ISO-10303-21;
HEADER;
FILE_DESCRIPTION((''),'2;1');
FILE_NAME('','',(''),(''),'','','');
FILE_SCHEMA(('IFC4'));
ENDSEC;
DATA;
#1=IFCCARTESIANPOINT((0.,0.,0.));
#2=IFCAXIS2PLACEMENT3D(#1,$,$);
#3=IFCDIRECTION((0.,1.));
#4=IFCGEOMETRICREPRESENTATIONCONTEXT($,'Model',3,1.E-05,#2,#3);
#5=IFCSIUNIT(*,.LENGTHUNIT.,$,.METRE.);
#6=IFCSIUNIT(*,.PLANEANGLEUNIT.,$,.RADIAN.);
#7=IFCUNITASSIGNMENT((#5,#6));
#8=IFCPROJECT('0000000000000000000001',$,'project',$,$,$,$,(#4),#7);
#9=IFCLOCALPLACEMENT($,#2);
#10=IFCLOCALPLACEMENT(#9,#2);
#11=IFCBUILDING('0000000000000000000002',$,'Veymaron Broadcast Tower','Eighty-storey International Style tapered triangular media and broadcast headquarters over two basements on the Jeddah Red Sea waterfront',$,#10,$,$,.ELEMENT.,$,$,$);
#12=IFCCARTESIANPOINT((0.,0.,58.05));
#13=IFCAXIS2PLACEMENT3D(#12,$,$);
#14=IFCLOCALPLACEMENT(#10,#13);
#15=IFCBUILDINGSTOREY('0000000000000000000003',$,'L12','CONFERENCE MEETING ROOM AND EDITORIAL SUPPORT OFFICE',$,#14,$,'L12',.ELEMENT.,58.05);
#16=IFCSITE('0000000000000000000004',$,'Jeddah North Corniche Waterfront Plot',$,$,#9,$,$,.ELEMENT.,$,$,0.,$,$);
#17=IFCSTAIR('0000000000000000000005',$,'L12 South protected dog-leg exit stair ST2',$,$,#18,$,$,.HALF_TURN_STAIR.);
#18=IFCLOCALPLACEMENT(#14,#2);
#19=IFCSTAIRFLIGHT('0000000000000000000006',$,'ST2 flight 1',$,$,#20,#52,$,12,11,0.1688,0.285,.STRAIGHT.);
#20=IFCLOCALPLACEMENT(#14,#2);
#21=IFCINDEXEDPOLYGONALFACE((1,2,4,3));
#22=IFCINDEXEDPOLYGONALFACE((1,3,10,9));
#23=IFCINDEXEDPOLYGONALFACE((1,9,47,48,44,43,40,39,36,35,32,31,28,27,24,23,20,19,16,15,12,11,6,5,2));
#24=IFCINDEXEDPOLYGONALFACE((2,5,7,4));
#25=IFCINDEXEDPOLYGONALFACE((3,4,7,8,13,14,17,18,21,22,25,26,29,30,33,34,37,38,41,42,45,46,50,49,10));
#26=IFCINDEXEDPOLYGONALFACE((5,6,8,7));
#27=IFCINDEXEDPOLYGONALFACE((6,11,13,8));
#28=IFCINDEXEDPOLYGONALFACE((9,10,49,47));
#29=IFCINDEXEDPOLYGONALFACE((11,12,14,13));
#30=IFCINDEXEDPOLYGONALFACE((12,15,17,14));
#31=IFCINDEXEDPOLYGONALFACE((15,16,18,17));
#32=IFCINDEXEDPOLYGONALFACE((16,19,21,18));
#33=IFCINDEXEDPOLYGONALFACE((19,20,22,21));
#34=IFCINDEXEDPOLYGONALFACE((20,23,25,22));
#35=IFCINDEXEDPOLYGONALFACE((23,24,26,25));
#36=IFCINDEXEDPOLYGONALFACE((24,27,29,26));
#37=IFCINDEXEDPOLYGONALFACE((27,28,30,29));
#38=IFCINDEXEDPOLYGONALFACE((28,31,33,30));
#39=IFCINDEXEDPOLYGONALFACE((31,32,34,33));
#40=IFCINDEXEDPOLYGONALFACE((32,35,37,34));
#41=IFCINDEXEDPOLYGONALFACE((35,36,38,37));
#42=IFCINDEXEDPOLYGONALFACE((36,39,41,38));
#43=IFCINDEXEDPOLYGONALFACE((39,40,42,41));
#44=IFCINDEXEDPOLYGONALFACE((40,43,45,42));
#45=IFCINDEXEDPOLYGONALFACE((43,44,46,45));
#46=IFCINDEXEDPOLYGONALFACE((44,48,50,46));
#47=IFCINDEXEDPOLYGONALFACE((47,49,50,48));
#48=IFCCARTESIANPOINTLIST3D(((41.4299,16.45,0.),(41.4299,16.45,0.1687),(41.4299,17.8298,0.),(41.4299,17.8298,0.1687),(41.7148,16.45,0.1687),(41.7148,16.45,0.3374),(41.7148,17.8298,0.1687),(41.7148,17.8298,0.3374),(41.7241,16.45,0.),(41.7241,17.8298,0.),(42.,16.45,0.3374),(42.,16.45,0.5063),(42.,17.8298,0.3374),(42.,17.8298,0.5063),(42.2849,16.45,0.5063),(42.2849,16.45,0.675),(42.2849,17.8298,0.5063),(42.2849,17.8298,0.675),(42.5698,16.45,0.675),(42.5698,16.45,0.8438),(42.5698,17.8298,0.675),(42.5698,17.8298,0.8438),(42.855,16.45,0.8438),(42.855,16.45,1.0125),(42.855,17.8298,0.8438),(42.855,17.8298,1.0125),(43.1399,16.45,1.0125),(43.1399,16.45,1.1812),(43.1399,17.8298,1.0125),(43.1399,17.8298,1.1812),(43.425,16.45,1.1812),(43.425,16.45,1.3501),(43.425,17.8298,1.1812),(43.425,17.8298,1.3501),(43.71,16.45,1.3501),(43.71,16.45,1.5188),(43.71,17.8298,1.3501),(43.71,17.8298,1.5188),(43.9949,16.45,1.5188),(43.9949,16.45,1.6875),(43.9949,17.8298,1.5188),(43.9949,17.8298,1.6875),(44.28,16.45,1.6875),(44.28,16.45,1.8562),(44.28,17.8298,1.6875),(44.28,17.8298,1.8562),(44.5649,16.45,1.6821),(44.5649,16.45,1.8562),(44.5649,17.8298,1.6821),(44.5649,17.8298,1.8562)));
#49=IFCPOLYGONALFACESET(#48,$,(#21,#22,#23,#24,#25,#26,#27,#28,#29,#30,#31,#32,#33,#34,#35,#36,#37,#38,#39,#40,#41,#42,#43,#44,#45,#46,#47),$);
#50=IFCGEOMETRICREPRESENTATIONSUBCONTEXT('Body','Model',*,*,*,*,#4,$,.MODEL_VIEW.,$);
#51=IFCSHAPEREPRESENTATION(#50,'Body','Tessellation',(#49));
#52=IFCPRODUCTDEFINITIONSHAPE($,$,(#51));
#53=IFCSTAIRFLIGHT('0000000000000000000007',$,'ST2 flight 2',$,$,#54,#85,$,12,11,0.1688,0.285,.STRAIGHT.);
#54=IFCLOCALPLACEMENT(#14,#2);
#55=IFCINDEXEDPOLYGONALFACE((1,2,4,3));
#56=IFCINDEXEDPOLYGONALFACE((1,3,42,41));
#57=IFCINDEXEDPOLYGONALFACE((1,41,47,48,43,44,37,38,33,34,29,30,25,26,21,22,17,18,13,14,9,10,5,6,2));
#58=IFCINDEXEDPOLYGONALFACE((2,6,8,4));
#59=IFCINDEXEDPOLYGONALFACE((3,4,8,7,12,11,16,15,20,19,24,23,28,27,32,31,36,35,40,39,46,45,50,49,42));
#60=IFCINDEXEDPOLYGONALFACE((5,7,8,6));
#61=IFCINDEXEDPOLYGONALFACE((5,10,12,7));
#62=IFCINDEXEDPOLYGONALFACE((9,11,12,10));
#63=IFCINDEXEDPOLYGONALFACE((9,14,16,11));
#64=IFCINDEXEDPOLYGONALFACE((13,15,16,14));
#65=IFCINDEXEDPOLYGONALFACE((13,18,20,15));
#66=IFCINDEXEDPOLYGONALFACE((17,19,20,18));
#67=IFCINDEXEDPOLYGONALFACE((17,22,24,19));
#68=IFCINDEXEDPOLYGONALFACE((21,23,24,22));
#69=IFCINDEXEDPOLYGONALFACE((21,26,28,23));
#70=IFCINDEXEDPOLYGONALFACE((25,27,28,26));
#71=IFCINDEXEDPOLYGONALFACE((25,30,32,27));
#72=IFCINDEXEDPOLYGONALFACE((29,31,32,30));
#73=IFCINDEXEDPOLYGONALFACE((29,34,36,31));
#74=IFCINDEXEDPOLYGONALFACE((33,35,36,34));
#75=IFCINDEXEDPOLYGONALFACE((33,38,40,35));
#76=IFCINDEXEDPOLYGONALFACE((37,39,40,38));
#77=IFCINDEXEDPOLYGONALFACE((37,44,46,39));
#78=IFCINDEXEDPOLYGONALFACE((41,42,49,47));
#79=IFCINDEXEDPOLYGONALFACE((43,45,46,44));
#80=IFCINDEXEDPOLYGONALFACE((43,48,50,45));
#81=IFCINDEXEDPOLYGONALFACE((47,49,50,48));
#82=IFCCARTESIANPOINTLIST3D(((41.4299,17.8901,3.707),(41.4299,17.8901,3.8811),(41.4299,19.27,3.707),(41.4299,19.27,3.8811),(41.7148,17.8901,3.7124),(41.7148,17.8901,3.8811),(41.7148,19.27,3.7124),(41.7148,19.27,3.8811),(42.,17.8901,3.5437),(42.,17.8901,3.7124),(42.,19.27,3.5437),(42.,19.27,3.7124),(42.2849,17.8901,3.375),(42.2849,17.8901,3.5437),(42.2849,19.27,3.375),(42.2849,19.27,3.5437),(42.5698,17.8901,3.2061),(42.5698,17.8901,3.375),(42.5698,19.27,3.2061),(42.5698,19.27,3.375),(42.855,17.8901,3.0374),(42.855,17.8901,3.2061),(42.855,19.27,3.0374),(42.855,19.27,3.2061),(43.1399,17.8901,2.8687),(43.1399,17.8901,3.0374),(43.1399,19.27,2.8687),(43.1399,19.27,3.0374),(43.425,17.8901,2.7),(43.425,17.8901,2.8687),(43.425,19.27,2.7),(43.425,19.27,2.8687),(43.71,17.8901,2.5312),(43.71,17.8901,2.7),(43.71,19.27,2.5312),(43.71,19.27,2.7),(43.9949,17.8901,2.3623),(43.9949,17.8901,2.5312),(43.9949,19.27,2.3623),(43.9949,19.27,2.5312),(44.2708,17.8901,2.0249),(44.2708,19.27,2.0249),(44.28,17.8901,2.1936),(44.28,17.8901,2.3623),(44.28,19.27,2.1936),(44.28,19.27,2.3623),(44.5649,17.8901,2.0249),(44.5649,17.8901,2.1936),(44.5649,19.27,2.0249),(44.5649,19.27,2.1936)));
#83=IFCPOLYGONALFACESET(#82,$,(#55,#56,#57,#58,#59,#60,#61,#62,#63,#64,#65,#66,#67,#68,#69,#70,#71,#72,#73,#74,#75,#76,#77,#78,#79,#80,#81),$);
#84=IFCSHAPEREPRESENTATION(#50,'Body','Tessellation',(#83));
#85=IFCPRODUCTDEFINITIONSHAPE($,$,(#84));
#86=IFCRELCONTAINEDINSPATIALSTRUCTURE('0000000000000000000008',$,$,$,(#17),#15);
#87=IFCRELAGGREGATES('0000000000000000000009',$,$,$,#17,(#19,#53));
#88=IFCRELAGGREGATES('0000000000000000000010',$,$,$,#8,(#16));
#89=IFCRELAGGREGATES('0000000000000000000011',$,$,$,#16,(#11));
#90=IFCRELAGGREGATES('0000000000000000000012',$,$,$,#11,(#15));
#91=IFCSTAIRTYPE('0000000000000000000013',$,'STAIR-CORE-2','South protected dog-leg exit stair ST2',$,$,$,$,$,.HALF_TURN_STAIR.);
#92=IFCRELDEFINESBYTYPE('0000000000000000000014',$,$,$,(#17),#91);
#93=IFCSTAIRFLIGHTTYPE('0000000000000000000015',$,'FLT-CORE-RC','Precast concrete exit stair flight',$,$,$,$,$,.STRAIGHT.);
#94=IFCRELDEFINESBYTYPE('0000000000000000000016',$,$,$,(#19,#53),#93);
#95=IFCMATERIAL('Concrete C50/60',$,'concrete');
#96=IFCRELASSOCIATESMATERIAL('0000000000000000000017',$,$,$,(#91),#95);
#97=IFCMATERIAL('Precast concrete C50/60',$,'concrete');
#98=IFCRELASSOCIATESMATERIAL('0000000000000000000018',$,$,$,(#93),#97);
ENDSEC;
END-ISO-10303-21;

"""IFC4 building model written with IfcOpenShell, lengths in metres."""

from ifc_helpers import new_model, si_unit, direction, frame, origin, place, context, subcontext, project, spatial, polyline, outline, extrude, material, type_object, element, aggregate, save


model = new_model("IFC4")

# Units and contexts
model_context = context("Model", 3, precision=1e-05, world=origin(), true_north=direction((0.0, 1.0)))
body_context = subcontext(model_context, "Body", "Model", "MODEL_VIEW")
ifc_project = project(units=[si_unit("LENGTHUNIT", "METRE"), si_unit("PLANEANGLEUNIT", "RADIAN")], contexts=[model_context])

# Site, building, storey
site_placement = place(None, origin())
site = spatial("IfcSite", under=ifc_project, at=site_placement, Name="Jeddah North Corniche Waterfront Plot", CompositionType="ELEMENT", RefElevation=0.0)
building_placement = place(site_placement, origin())
building = spatial("IfcBuilding", under=site, at=building_placement, Name="Veymaron Broadcast Tower", Description="Eighty-storey International Style tapered triangular media and broadcast headquarters over two basements on the Jeddah Red Sea waterfront", CompositionType="ELEMENT")
storey_placement = place(building_placement, frame((0.0, 0.0, 58.05)))
storey = spatial("IfcBuildingStorey", under=building, at=storey_placement, Name="L12", Description="CONFERENCE MEETING ROOM AND EDITORIAL SUPPORT OFFICE", LongName="L12", CompositionType="ELEMENT", Elevation=58.05)

# Shared definitions
ifc_material_1 = material(Name="Concrete C50/60", Category="concrete")

# Stair, stair flights
stair_type = type_object("IfcStairType", Name="STAIR-CORE-2", Description="South protected dog-leg exit stair ST2", PredefinedType="HALF_TURN_STAIR", material=ifc_material_1)
stair_placement = place(storey_placement, origin())
stair = element("IfcStair", 1, at=stair_placement, inside=storey, type_object=stair_type, Name="L12 South protected dog-leg exit stair ST2", PredefinedType="HALF_TURN_STAIR")
ifc_material_2 = material(Name="Precast concrete C50/60", Category="concrete")
stair_flight_type = type_object("IfcStairFlightType", Name="FLT-CORE-RC", Description="Precast concrete exit stair flight", PredefinedType="STRAIGHT", material=ifc_material_2)
stair_flight_1_placement = place(storey_placement, frame((41.4299, 17.1399, 0.0), z_axis=(0.0, 0.0, 1.0), x_axis=(1.0, 0.0, 0.0)))
stair_flight_1 = element("IfcStairFlight", 2, at=stair_flight_1_placement, type_object=stair_flight_type, Name="ST2 flight 1", NumberOfRisers=12, NumberOfTreads=11, PredefinedType="STRAIGHT", RiserHeight=0.1688, TreadLength=0.285, context=body_context, shape_type="SweptSolid", body=[
    extrude(outline(polyline([(0.0, 0.0), (0.0, 0.1687), (0.2849, 0.1687), (0.2849, 0.3374), (0.5701, 0.3374), (0.5701, 0.5063), (0.855, 0.5063), (0.855, 0.675), (1.1399, 0.675), (1.1399, 0.8438), (1.425, 0.8438), (1.425, 1.0125), (1.71, 1.0125), (1.71, 1.1812), (1.9951, 1.1812), (1.9951, 1.3501), (2.28, 1.3501), (2.28, 1.5188), (2.5649, 1.5188), (2.5649, 1.6875), (2.8501, 1.6875), (2.8501, 1.8562), (3.135, 1.8562), (3.135, 2.0249), (3.135, 1.6821), (0.2942, 0.0), (0.0, 0.0)])), frame((0.0, 0.6899, 0.0), z_axis=(0.0, -1.0, 0.0), x_axis=(1.0, 0.0, 0.0)), (0.0, 0.0, 1.0), 1.3799),
])
stair_flight_2_placement = place(storey_placement, frame((44.5649, 18.5801, 2.0249), z_axis=(0.0, 0.0, 1.0), x_axis=(-1.0, 0.0, 0.0)))
stair_flight_2 = element("IfcStairFlight", 3, at=stair_flight_2_placement, type_object=stair_flight_type, Name="ST2 flight 2", NumberOfRisers=12, NumberOfTreads=11, PredefinedType="STRAIGHT", RiserHeight=0.1688, TreadLength=0.285, context=body_context, shape_type="SweptSolid", body=[
    extrude(outline(polyline([(0.0, 0.0), (0.0, 0.1687), (0.2849, 0.1687), (0.2849, 0.3374), (0.5701, 0.3374), (0.5701, 0.5063), (0.855, 0.5063), (0.855, 0.675), (1.1399, 0.675), (1.1399, 0.8438), (1.425, 0.8438), (1.425, 1.0125), (1.71, 1.0125), (1.71, 1.1812), (1.9951, 1.1812), (1.9951, 1.3501), (2.28, 1.3501), (2.28, 1.5188), (2.5649, 1.5188), (2.5649, 1.6875), (2.8501, 1.6875), (2.8501, 1.8562), (3.135, 1.8562), (3.135, 2.0249), (3.135, 1.6821), (0.2942, 0.0), (0.0, 0.0)])), frame((0.0, 0.6899, 0.0), z_axis=(0.0, -1.0, 0.0), x_axis=(1.0, 0.0, 0.0)), (0.0, 0.0, 1.0), 1.3799),
])
aggregate(stair, [stair_flight_1, stair_flight_2])

save(model, "model.ifc")
